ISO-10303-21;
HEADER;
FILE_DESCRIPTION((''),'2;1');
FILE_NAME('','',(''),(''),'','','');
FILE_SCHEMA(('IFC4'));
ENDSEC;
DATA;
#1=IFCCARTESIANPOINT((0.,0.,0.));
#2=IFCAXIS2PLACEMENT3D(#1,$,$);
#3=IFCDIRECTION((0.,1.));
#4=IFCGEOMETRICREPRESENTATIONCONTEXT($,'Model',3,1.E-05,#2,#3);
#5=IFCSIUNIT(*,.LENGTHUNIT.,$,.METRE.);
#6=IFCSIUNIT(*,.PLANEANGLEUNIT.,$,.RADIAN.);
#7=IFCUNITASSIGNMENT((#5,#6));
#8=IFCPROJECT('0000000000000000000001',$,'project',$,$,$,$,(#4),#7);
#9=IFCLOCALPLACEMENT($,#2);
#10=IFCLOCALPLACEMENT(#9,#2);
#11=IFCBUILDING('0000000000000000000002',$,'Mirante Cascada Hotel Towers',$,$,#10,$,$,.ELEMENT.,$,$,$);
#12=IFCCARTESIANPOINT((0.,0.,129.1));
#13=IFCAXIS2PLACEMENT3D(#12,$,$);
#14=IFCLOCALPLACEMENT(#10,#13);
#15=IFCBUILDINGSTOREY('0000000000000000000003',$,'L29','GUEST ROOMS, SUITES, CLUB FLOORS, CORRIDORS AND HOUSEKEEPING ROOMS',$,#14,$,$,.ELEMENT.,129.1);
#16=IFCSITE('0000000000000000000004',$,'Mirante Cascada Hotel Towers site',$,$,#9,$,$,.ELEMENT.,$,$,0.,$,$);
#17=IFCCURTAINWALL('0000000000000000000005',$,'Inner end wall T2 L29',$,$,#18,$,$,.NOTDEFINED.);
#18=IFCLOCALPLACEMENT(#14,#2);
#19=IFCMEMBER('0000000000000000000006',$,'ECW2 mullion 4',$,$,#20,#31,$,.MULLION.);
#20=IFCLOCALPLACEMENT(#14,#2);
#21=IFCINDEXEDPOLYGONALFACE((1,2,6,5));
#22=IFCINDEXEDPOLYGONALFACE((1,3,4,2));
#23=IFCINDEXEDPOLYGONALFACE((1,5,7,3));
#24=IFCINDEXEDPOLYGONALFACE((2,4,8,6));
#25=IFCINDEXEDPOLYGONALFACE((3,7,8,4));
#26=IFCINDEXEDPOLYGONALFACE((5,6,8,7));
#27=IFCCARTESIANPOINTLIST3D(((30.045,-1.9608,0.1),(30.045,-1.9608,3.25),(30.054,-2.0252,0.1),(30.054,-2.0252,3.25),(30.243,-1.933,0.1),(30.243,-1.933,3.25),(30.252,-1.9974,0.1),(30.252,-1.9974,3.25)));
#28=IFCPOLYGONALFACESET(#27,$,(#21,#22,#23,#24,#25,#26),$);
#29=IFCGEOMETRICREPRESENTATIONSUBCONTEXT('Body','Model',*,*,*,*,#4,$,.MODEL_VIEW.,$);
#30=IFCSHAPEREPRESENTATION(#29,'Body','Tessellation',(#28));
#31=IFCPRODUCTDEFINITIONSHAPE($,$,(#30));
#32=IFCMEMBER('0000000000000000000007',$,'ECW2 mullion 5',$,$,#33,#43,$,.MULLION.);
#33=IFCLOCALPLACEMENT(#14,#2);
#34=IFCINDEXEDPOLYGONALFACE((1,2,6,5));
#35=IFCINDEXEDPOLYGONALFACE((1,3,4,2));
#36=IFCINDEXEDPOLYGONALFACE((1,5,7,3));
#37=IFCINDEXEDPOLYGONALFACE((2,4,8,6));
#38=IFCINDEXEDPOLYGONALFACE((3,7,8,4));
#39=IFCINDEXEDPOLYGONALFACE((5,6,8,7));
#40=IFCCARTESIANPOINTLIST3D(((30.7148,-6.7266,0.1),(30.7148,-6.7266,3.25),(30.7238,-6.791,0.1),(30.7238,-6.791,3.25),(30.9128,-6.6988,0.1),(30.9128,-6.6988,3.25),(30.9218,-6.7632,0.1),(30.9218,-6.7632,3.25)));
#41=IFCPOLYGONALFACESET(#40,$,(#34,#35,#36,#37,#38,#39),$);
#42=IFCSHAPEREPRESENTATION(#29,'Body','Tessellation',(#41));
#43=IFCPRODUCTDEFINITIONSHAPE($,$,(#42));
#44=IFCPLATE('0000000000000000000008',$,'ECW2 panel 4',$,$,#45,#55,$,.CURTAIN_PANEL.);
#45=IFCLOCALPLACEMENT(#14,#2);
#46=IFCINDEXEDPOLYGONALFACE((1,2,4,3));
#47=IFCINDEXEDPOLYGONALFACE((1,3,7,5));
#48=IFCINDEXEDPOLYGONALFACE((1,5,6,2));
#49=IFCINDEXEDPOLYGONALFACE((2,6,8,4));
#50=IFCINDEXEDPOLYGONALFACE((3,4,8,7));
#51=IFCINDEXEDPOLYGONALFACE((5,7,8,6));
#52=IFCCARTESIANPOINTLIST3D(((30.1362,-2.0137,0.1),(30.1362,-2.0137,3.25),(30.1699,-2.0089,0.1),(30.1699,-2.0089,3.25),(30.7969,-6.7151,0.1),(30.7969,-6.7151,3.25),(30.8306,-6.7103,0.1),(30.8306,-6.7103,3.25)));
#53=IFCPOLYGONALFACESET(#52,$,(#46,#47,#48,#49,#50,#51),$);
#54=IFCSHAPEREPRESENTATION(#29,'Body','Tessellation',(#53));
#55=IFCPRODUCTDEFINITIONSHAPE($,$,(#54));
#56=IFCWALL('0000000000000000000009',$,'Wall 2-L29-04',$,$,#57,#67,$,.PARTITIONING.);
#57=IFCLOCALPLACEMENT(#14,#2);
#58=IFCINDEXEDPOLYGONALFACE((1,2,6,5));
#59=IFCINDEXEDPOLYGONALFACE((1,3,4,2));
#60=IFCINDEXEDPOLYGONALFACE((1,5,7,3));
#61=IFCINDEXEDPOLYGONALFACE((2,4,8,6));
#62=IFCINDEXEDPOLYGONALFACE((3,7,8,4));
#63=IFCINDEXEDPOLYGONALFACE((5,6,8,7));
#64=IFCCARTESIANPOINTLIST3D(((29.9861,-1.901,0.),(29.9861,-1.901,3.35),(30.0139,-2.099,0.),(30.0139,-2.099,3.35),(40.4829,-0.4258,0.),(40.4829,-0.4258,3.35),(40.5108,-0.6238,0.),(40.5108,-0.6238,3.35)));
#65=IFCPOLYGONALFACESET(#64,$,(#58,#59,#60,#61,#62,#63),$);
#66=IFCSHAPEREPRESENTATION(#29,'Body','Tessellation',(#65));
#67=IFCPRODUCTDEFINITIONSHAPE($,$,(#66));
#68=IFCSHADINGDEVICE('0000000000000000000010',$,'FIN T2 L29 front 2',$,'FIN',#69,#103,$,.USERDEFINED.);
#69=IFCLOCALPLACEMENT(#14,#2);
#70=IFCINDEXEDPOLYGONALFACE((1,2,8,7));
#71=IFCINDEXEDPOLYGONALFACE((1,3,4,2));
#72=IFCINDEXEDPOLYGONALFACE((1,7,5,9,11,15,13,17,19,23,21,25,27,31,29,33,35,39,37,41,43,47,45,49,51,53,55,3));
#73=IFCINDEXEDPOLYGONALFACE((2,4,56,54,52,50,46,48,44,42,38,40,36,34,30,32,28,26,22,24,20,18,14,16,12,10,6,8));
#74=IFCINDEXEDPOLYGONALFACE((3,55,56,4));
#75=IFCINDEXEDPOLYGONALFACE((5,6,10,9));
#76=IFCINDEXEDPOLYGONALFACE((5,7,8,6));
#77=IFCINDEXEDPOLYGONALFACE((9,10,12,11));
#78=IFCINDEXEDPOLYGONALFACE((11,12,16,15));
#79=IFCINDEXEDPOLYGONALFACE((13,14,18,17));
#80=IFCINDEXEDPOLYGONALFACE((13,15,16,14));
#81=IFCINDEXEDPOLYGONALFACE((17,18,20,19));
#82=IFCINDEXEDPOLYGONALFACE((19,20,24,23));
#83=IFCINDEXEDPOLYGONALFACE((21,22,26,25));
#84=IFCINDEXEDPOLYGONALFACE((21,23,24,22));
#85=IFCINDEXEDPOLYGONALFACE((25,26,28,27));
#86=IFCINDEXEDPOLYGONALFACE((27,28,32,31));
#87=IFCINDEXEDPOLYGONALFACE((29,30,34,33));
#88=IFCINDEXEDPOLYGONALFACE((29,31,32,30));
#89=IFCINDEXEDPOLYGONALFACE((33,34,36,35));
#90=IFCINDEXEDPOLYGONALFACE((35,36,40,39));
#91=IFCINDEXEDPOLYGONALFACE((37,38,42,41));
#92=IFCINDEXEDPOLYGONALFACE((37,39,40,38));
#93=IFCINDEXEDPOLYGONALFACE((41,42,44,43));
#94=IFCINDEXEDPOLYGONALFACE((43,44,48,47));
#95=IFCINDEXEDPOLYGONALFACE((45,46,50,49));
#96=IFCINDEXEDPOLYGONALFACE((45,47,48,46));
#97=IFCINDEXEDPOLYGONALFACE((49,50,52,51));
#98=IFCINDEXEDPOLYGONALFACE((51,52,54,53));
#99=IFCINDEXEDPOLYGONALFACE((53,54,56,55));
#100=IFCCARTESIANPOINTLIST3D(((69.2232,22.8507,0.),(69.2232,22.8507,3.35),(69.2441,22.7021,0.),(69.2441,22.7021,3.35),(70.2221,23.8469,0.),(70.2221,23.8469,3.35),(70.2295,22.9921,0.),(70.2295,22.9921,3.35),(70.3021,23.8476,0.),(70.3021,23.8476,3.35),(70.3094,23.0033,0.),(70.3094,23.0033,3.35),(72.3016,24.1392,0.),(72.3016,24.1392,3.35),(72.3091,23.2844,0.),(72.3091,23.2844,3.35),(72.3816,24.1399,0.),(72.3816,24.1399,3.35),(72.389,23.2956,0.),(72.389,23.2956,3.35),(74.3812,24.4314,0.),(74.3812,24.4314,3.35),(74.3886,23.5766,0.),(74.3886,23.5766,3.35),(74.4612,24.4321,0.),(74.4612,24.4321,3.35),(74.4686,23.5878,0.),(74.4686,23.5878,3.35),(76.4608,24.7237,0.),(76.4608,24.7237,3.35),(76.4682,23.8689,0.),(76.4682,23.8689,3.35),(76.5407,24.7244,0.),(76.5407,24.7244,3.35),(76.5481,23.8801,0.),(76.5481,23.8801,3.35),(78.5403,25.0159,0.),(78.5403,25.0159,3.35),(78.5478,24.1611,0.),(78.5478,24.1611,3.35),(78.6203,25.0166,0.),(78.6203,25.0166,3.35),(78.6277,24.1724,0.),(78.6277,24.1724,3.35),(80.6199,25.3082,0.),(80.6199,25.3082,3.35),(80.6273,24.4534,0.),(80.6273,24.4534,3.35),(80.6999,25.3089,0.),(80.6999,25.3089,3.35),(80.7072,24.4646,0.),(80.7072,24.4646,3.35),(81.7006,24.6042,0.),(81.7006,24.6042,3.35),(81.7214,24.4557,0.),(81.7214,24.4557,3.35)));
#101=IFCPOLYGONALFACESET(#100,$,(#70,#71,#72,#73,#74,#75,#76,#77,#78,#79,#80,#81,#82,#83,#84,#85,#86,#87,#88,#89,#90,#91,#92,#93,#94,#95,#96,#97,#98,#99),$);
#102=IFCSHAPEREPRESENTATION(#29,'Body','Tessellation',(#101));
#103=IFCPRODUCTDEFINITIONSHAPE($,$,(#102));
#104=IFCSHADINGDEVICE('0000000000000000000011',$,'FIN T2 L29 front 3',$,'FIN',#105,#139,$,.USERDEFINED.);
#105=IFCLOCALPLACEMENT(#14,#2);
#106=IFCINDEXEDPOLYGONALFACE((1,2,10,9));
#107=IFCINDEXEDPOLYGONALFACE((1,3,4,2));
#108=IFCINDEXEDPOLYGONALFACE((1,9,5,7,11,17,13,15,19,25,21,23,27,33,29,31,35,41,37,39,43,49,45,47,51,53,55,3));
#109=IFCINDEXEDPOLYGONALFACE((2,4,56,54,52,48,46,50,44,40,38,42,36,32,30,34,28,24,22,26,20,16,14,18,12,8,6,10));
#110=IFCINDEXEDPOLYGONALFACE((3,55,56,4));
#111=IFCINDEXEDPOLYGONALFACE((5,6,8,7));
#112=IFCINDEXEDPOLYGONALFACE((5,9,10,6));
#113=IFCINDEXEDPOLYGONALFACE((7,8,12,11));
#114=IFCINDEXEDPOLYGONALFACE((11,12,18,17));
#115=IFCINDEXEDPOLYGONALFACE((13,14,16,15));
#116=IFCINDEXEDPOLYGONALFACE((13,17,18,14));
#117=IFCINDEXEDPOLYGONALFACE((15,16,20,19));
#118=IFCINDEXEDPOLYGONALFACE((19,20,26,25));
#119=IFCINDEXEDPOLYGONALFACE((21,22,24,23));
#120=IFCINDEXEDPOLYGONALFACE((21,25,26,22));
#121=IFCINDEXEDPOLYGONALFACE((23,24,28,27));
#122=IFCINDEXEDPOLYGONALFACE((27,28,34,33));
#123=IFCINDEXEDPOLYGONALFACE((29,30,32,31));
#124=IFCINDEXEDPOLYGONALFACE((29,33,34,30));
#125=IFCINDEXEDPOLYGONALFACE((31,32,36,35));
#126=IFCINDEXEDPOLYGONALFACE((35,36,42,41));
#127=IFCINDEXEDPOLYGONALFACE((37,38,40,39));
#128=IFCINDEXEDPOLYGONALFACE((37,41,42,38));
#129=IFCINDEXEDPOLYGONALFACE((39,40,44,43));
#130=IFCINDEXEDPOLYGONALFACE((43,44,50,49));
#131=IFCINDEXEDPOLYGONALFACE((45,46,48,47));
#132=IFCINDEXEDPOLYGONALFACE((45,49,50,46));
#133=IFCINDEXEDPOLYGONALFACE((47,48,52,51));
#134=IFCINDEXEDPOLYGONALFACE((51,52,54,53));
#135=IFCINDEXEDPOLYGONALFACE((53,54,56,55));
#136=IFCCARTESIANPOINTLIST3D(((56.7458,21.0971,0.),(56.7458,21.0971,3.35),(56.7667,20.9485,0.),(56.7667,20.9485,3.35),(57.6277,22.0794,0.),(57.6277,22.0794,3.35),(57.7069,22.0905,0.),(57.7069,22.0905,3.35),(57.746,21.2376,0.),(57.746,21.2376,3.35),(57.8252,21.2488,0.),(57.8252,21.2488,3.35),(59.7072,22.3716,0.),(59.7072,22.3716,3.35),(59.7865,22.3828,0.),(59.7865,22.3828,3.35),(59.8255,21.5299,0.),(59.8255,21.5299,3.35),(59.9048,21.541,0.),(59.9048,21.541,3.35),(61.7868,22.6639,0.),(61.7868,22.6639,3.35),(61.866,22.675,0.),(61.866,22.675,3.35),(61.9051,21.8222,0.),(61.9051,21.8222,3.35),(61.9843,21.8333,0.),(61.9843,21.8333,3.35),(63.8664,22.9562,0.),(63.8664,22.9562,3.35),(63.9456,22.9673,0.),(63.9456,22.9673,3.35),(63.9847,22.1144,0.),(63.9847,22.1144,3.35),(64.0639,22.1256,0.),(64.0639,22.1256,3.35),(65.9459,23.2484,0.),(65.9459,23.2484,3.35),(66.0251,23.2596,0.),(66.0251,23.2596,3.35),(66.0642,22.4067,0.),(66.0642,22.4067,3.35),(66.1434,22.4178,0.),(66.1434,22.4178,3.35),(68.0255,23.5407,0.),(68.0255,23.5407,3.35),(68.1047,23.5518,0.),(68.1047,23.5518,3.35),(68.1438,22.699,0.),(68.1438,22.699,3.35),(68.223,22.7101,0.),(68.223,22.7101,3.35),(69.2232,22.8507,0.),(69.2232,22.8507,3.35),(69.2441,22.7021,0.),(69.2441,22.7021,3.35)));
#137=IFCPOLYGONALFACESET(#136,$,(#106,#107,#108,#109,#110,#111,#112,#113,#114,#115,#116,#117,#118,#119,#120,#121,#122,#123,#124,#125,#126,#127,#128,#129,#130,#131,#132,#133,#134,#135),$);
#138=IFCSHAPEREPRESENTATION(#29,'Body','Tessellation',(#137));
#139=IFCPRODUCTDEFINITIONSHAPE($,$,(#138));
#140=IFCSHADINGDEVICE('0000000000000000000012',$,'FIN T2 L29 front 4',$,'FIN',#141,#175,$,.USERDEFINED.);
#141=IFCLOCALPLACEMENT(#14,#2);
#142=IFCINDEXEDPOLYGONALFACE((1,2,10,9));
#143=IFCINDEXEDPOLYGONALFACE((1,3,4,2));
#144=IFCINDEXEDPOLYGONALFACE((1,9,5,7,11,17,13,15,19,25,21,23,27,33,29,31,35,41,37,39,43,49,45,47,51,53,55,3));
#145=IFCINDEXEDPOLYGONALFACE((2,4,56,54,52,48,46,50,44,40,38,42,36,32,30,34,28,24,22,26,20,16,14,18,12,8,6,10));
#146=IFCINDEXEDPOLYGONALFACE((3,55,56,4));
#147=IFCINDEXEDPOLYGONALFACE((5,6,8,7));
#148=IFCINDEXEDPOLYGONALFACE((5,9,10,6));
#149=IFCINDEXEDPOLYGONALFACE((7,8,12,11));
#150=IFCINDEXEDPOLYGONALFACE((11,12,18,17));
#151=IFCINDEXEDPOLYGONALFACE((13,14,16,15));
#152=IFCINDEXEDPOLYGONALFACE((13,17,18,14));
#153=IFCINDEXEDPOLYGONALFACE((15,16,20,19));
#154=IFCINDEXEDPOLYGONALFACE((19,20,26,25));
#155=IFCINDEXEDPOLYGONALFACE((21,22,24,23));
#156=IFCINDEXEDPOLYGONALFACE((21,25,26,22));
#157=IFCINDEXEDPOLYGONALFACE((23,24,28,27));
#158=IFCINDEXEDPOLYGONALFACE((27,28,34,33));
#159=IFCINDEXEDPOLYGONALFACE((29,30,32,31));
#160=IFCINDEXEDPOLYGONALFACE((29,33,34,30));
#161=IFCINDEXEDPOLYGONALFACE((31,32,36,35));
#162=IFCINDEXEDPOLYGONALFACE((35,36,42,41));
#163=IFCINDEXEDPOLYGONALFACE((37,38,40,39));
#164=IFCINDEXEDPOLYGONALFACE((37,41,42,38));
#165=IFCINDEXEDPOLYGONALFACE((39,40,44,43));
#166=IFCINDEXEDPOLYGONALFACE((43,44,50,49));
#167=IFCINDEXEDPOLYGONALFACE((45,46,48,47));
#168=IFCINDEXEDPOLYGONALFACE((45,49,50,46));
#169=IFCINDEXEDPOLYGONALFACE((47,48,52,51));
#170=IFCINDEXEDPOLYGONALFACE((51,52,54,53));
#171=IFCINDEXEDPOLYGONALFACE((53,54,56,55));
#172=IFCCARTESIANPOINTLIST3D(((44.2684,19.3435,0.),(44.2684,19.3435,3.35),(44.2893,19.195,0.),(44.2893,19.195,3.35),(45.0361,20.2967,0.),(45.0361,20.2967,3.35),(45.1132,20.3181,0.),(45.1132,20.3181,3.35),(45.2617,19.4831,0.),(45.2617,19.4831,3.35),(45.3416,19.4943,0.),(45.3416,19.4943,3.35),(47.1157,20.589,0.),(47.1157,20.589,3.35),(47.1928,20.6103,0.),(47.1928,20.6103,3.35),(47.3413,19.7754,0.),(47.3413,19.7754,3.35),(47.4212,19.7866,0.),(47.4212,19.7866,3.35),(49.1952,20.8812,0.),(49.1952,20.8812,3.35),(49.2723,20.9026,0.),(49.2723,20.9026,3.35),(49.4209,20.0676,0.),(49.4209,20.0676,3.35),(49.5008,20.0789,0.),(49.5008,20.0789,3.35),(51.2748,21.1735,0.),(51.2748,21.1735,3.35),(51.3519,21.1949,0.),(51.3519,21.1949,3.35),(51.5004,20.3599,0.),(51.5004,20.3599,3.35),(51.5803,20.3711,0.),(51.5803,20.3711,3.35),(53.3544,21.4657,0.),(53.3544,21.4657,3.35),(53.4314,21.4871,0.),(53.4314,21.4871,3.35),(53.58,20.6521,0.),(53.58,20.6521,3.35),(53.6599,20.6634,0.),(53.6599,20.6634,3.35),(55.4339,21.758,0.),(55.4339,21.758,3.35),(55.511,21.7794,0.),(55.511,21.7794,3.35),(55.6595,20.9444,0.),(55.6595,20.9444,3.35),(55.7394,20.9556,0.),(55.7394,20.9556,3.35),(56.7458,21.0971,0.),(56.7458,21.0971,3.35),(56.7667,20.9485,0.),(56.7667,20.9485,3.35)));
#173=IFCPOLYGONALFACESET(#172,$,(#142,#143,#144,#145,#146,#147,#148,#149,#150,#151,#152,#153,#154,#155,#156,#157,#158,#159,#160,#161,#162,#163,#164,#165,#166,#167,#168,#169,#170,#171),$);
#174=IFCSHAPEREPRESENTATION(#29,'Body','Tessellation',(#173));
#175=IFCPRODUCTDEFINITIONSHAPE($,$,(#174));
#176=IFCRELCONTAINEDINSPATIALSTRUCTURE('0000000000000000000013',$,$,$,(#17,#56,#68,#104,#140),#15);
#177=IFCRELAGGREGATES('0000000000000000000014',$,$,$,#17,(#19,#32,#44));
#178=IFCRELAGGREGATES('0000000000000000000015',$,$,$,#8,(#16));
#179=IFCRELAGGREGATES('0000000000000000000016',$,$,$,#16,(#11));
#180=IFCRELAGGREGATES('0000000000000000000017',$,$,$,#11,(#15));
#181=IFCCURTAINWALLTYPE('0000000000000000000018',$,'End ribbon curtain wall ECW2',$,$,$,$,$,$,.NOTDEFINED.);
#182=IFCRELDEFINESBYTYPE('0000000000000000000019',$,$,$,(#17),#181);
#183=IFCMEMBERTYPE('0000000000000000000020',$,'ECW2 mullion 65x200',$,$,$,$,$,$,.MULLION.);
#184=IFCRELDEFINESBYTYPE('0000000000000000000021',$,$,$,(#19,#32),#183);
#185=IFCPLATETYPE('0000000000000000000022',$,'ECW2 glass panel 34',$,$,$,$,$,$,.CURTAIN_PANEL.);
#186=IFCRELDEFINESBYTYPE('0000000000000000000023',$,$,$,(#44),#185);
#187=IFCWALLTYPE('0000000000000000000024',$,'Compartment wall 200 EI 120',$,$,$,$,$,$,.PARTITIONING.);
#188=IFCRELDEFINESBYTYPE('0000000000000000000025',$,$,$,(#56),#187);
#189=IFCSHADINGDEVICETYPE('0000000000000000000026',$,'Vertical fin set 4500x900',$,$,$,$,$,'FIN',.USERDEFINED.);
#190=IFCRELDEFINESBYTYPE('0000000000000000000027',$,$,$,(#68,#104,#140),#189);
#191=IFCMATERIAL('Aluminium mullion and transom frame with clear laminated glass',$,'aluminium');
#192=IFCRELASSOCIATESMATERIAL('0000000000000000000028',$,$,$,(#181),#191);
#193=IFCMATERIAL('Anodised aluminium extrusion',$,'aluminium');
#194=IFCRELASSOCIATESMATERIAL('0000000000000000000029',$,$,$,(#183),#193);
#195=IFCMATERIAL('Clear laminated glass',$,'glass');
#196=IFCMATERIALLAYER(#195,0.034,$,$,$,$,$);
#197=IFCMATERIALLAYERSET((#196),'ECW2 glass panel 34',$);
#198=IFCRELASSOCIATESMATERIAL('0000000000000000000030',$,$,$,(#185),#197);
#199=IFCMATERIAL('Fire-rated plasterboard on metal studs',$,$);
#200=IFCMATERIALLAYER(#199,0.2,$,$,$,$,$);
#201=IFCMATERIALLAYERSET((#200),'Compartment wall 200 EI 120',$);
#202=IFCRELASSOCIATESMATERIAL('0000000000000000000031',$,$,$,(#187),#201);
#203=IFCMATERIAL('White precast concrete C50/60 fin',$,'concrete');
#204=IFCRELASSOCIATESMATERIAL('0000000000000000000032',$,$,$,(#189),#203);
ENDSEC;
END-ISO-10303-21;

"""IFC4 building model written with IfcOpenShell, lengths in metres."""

from ifc_helpers import new_model, si_unit, direction, frame, frame_2d, origin, origin_2d, place, context, subcontext, project, spatial, polyline, rectangle, outline, extrude, material, layer, layer_set, material_profile, profile_set, type_object, element, aggregate, save


model = new_model("IFC4")

# Units and contexts
model_context = context("Model", 3, precision=1e-05, world=origin(), true_north=direction((0.0, 1.0)))
body_context = subcontext(model_context, "Body", "Model", "MODEL_VIEW")
ifc_project = project(units=[si_unit("LENGTHUNIT", "METRE"), si_unit("PLANEANGLEUNIT", "RADIAN")], contexts=[model_context])

# Site, building, storey
site_placement = place(None, origin())
site = spatial("IfcSite", under=ifc_project, at=site_placement, Name="Mirante Cascada Hotel Towers site", CompositionType="ELEMENT", RefElevation=0.0)
building_placement = place(site_placement, origin())
building = spatial("IfcBuilding", under=site, at=building_placement, Name="Mirante Cascada Hotel Towers", CompositionType="ELEMENT")
storey_placement = place(building_placement, frame((0.0, 0.0, 129.1)))
storey = spatial("IfcBuildingStorey", under=building, at=storey_placement, Name="L29", Description="GUEST ROOMS, SUITES, CLUB FLOORS, CORRIDORS AND HOUSEKEEPING ROOMS", CompositionType="ELEMENT", Elevation=129.1)

# Curtain wall, members, plate
ifc_material_1 = material(Name="Aluminium mullion and transom frame with clear laminated glass", Category="aluminium")
curtain_wall_type = type_object("IfcCurtainWallType", Name="End ribbon curtain wall ECW2", PredefinedType="NOTDEFINED", material=ifc_material_1)
curtain_wall_placement = place(storey_placement, origin())
curtain_wall = element("IfcCurtainWall", 1, at=curtain_wall_placement, inside=storey, type_object=curtain_wall_type, Name="Inner end wall T2 L29", PredefinedType="NOTDEFINED")
ifc_material_2 = material(Name="Anodised aluminium extrusion", Category="aluminium")
ifc_material_profile = material_profile(ifc_material_2, rectangle(XDim=0.2, YDim=0.065, at=origin_2d()), Name="ECW2 MULLION 65x200")
ifc_profile_set = profile_set([ifc_material_profile], Name="Anodised aluminium extrusion")
member_type = type_object("IfcMemberType", Name="ECW2 mullion 65x200", PredefinedType="MULLION", material=ifc_profile_set)
member_1_placement = place(storey_placement, frame((30.1485, -1.9791, 0.1), z_axis=(0.0, 0.0, 1.0), x_axis=(0.990268, 0.139173, 0.0)))
member_1 = element("IfcMember", 2, at=member_1_placement, type_object=member_type, Name="ECW2 mullion 4", PredefinedType="MULLION", context=body_context, shape_type="SweptSolid", body=[
    extrude(rectangle(XDim=0.2, YDim=0.065, at=origin_2d()), origin(), (0.0, 0.0, 1.0), 3.15),
])
member_2_placement = place(storey_placement, frame((30.8183, -6.7449, 0.1), z_axis=(0.0, 0.0, 1.0), x_axis=(0.990268, 0.139173, 0.0)))
member_2 = element("IfcMember", 3, at=member_2_placement, type_object=member_type, Name="ECW2 mullion 5", PredefinedType="MULLION", context=body_context, shape_type="SweptSolid", body=[
    extrude(rectangle(XDim=0.2, YDim=0.065, at=origin_2d()), origin(), (0.0, 0.0, 1.0), 3.15),
])
ifc_material_3 = material(Name="Clear laminated glass", Category="glass")
ifc_layer_1 = layer(ifc_material_3, 0.034)
ifc_layer_set_1 = layer_set([ifc_layer_1], Name="ECW2 glass panel 34")
plate_type = type_object("IfcPlateType", Name="ECW2 glass panel 34", PredefinedType="CURTAIN_PANEL", material=ifc_layer_set_1)
plate_placement = place(storey_placement, frame((30.4834, -4.362, 0.1), z_axis=(0.0, 0.0, 1.0), x_axis=(0.139173, -0.990268, 0.0)))
plate = element("IfcPlate", 4, at=plate_placement, type_object=plate_type, Name="ECW2 panel 4", PredefinedType="CURTAIN_PANEL", context=body_context, shape_type="SweptSolid", body=[
    extrude(rectangle(XDim=4.7476, YDim=0.034, at=origin_2d()), origin(), (0.0, 0.0, 1.0), 3.15),
])
aggregate(curtain_wall, [member_1, member_2, plate])

# Wall
ifc_material_4 = material(Name="Fire-rated plasterboard on metal studs")
ifc_layer_2 = layer(ifc_material_4, 0.2)
ifc_layer_set_2 = layer_set([ifc_layer_2], Name="Compartment wall 200 EI 120")
wall_type = type_object("IfcWallType", Name="Compartment wall 200 EI 120", PredefinedType="PARTITIONING", material=ifc_layer_set_2)
wall_placement = place(storey_placement, frame((30.0, -2.0, 0.0), z_axis=(0.0, 0.0, 1.0), x_axis=(0.990268, 0.13917, 0.0)))
element("IfcWall", 5, at=wall_placement, inside=storey, type_object=wall_type, Name="Wall 2-L29-04", PredefinedType="PARTITIONING", context=body_context, shape_type="SweptSolid", body=[
    extrude(rectangle(XDim=10.6, YDim=0.2, at=frame_2d((5.3, 0.0))), origin(), (0.0, 0.0, 1.0), 3.35),
])

# Shading devices
ifc_material_5 = material(Name="White precast concrete C50/60 fin", Category="concrete")
shading_device_type = type_object("IfcShadingDeviceType", Name="Vertical fin set 4500x900", ElementType="FIN", PredefinedType="USERDEFINED", material=ifc_material_5)
shading_device_1_placement = place(storey_placement, origin())
element("IfcShadingDevice", 6, at=shading_device_1_placement, inside=storey, type_object=shading_device_type, Name="FIN T2 L29 front 2", ObjectType="FIN", PredefinedType="USERDEFINED", context=body_context, shape_type="SweptSolid", body=[
    extrude(outline(polyline([(70.3021, 23.8476), (70.3094, 23.0033), (72.3091, 23.2844), (72.3016, 24.1392), (72.3816, 24.1399), (72.389, 23.2956), (74.3886, 23.5766), (74.3812, 24.4314), (74.4612, 24.4321), (74.4686, 23.5878), (76.4682, 23.8689), (76.4608, 24.7237), (76.5407, 24.7244), (76.5481, 23.8801), (78.5478, 24.1611), (78.5403, 25.0159), (78.6203, 25.0166), (78.6277, 24.1724), (80.6273, 24.4534), (80.6199, 25.3082), (80.6999, 25.3089), (80.7072, 24.4646), (81.7006, 24.6042), (81.7214, 24.4557), (69.2441, 22.7021), (69.2232, 22.8507), (70.2295, 22.9921), (70.2221, 23.8469), (70.3021, 23.8476)])), origin(), (0.0, 0.0, 1.0), 3.35),
])
shading_device_2_placement = place(storey_placement, origin())
element("IfcShadingDevice", 7, at=shading_device_2_placement, inside=storey, type_object=shading_device_type, Name="FIN T2 L29 front 3", ObjectType="FIN", PredefinedType="USERDEFINED", context=body_context, shape_type="SweptSolid", body=[
    extrude(outline(polyline([(57.7069, 22.0905), (57.8252, 21.2488), (59.8255, 21.5299), (59.7072, 22.3716), (59.7865, 22.3828), (59.9048, 21.541), (61.9051, 21.8222), (61.7868, 22.6639), (61.866, 22.675), (61.9843, 21.8333), (63.9847, 22.1144), (63.8664, 22.9562), (63.9456, 22.9673), (64.0639, 22.1256), (66.0642, 22.4067), (65.9459, 23.2484), (66.0251, 23.2596), (66.1434, 22.4178), (68.1438, 22.699), (68.0255, 23.5407), (68.1047, 23.5518), (68.223, 22.7101), (69.2232, 22.8507), (69.2441, 22.7021), (56.7667, 20.9485), (56.7458, 21.0971), (57.746, 21.2376), (57.6277, 22.0794), (57.7069, 22.0905)])), origin(), (0.0, 0.0, 1.0), 3.35),
])
shading_device_3_placement = place(storey_placement, origin())
element("IfcShadingDevice", 8, at=shading_device_3_placement, inside=storey, type_object=shading_device_type, Name="FIN T2 L29 front 4", ObjectType="FIN", PredefinedType="USERDEFINED", context=body_context, shape_type="SweptSolid", body=[
    extrude(outline(polyline([(45.1132, 20.3181), (45.3416, 19.4943), (47.3413, 19.7754), (47.1157, 20.589), (47.1928, 20.6103), (47.4212, 19.7866), (49.4209, 20.0676), (49.1952, 20.8812), (49.2723, 20.9026), (49.5008, 20.0789), (51.5004, 20.3599), (51.2748, 21.1735), (51.3519, 21.1949), (51.5803, 20.3711), (53.58, 20.6521), (53.3544, 21.4657), (53.4314, 21.4871), (53.6599, 20.6634), (55.6595, 20.9444), (55.4339, 21.758), (55.511, 21.7794), (55.7394, 20.9556), (56.7458, 21.0971), (56.7667, 20.9485), (44.2893, 19.195), (44.2684, 19.3435), (45.2617, 19.4831), (45.0361, 20.2967), (45.1132, 20.3181)])), origin(), (0.0, 0.0, 1.0), 3.35),
])

save(model, "model.ifc")
